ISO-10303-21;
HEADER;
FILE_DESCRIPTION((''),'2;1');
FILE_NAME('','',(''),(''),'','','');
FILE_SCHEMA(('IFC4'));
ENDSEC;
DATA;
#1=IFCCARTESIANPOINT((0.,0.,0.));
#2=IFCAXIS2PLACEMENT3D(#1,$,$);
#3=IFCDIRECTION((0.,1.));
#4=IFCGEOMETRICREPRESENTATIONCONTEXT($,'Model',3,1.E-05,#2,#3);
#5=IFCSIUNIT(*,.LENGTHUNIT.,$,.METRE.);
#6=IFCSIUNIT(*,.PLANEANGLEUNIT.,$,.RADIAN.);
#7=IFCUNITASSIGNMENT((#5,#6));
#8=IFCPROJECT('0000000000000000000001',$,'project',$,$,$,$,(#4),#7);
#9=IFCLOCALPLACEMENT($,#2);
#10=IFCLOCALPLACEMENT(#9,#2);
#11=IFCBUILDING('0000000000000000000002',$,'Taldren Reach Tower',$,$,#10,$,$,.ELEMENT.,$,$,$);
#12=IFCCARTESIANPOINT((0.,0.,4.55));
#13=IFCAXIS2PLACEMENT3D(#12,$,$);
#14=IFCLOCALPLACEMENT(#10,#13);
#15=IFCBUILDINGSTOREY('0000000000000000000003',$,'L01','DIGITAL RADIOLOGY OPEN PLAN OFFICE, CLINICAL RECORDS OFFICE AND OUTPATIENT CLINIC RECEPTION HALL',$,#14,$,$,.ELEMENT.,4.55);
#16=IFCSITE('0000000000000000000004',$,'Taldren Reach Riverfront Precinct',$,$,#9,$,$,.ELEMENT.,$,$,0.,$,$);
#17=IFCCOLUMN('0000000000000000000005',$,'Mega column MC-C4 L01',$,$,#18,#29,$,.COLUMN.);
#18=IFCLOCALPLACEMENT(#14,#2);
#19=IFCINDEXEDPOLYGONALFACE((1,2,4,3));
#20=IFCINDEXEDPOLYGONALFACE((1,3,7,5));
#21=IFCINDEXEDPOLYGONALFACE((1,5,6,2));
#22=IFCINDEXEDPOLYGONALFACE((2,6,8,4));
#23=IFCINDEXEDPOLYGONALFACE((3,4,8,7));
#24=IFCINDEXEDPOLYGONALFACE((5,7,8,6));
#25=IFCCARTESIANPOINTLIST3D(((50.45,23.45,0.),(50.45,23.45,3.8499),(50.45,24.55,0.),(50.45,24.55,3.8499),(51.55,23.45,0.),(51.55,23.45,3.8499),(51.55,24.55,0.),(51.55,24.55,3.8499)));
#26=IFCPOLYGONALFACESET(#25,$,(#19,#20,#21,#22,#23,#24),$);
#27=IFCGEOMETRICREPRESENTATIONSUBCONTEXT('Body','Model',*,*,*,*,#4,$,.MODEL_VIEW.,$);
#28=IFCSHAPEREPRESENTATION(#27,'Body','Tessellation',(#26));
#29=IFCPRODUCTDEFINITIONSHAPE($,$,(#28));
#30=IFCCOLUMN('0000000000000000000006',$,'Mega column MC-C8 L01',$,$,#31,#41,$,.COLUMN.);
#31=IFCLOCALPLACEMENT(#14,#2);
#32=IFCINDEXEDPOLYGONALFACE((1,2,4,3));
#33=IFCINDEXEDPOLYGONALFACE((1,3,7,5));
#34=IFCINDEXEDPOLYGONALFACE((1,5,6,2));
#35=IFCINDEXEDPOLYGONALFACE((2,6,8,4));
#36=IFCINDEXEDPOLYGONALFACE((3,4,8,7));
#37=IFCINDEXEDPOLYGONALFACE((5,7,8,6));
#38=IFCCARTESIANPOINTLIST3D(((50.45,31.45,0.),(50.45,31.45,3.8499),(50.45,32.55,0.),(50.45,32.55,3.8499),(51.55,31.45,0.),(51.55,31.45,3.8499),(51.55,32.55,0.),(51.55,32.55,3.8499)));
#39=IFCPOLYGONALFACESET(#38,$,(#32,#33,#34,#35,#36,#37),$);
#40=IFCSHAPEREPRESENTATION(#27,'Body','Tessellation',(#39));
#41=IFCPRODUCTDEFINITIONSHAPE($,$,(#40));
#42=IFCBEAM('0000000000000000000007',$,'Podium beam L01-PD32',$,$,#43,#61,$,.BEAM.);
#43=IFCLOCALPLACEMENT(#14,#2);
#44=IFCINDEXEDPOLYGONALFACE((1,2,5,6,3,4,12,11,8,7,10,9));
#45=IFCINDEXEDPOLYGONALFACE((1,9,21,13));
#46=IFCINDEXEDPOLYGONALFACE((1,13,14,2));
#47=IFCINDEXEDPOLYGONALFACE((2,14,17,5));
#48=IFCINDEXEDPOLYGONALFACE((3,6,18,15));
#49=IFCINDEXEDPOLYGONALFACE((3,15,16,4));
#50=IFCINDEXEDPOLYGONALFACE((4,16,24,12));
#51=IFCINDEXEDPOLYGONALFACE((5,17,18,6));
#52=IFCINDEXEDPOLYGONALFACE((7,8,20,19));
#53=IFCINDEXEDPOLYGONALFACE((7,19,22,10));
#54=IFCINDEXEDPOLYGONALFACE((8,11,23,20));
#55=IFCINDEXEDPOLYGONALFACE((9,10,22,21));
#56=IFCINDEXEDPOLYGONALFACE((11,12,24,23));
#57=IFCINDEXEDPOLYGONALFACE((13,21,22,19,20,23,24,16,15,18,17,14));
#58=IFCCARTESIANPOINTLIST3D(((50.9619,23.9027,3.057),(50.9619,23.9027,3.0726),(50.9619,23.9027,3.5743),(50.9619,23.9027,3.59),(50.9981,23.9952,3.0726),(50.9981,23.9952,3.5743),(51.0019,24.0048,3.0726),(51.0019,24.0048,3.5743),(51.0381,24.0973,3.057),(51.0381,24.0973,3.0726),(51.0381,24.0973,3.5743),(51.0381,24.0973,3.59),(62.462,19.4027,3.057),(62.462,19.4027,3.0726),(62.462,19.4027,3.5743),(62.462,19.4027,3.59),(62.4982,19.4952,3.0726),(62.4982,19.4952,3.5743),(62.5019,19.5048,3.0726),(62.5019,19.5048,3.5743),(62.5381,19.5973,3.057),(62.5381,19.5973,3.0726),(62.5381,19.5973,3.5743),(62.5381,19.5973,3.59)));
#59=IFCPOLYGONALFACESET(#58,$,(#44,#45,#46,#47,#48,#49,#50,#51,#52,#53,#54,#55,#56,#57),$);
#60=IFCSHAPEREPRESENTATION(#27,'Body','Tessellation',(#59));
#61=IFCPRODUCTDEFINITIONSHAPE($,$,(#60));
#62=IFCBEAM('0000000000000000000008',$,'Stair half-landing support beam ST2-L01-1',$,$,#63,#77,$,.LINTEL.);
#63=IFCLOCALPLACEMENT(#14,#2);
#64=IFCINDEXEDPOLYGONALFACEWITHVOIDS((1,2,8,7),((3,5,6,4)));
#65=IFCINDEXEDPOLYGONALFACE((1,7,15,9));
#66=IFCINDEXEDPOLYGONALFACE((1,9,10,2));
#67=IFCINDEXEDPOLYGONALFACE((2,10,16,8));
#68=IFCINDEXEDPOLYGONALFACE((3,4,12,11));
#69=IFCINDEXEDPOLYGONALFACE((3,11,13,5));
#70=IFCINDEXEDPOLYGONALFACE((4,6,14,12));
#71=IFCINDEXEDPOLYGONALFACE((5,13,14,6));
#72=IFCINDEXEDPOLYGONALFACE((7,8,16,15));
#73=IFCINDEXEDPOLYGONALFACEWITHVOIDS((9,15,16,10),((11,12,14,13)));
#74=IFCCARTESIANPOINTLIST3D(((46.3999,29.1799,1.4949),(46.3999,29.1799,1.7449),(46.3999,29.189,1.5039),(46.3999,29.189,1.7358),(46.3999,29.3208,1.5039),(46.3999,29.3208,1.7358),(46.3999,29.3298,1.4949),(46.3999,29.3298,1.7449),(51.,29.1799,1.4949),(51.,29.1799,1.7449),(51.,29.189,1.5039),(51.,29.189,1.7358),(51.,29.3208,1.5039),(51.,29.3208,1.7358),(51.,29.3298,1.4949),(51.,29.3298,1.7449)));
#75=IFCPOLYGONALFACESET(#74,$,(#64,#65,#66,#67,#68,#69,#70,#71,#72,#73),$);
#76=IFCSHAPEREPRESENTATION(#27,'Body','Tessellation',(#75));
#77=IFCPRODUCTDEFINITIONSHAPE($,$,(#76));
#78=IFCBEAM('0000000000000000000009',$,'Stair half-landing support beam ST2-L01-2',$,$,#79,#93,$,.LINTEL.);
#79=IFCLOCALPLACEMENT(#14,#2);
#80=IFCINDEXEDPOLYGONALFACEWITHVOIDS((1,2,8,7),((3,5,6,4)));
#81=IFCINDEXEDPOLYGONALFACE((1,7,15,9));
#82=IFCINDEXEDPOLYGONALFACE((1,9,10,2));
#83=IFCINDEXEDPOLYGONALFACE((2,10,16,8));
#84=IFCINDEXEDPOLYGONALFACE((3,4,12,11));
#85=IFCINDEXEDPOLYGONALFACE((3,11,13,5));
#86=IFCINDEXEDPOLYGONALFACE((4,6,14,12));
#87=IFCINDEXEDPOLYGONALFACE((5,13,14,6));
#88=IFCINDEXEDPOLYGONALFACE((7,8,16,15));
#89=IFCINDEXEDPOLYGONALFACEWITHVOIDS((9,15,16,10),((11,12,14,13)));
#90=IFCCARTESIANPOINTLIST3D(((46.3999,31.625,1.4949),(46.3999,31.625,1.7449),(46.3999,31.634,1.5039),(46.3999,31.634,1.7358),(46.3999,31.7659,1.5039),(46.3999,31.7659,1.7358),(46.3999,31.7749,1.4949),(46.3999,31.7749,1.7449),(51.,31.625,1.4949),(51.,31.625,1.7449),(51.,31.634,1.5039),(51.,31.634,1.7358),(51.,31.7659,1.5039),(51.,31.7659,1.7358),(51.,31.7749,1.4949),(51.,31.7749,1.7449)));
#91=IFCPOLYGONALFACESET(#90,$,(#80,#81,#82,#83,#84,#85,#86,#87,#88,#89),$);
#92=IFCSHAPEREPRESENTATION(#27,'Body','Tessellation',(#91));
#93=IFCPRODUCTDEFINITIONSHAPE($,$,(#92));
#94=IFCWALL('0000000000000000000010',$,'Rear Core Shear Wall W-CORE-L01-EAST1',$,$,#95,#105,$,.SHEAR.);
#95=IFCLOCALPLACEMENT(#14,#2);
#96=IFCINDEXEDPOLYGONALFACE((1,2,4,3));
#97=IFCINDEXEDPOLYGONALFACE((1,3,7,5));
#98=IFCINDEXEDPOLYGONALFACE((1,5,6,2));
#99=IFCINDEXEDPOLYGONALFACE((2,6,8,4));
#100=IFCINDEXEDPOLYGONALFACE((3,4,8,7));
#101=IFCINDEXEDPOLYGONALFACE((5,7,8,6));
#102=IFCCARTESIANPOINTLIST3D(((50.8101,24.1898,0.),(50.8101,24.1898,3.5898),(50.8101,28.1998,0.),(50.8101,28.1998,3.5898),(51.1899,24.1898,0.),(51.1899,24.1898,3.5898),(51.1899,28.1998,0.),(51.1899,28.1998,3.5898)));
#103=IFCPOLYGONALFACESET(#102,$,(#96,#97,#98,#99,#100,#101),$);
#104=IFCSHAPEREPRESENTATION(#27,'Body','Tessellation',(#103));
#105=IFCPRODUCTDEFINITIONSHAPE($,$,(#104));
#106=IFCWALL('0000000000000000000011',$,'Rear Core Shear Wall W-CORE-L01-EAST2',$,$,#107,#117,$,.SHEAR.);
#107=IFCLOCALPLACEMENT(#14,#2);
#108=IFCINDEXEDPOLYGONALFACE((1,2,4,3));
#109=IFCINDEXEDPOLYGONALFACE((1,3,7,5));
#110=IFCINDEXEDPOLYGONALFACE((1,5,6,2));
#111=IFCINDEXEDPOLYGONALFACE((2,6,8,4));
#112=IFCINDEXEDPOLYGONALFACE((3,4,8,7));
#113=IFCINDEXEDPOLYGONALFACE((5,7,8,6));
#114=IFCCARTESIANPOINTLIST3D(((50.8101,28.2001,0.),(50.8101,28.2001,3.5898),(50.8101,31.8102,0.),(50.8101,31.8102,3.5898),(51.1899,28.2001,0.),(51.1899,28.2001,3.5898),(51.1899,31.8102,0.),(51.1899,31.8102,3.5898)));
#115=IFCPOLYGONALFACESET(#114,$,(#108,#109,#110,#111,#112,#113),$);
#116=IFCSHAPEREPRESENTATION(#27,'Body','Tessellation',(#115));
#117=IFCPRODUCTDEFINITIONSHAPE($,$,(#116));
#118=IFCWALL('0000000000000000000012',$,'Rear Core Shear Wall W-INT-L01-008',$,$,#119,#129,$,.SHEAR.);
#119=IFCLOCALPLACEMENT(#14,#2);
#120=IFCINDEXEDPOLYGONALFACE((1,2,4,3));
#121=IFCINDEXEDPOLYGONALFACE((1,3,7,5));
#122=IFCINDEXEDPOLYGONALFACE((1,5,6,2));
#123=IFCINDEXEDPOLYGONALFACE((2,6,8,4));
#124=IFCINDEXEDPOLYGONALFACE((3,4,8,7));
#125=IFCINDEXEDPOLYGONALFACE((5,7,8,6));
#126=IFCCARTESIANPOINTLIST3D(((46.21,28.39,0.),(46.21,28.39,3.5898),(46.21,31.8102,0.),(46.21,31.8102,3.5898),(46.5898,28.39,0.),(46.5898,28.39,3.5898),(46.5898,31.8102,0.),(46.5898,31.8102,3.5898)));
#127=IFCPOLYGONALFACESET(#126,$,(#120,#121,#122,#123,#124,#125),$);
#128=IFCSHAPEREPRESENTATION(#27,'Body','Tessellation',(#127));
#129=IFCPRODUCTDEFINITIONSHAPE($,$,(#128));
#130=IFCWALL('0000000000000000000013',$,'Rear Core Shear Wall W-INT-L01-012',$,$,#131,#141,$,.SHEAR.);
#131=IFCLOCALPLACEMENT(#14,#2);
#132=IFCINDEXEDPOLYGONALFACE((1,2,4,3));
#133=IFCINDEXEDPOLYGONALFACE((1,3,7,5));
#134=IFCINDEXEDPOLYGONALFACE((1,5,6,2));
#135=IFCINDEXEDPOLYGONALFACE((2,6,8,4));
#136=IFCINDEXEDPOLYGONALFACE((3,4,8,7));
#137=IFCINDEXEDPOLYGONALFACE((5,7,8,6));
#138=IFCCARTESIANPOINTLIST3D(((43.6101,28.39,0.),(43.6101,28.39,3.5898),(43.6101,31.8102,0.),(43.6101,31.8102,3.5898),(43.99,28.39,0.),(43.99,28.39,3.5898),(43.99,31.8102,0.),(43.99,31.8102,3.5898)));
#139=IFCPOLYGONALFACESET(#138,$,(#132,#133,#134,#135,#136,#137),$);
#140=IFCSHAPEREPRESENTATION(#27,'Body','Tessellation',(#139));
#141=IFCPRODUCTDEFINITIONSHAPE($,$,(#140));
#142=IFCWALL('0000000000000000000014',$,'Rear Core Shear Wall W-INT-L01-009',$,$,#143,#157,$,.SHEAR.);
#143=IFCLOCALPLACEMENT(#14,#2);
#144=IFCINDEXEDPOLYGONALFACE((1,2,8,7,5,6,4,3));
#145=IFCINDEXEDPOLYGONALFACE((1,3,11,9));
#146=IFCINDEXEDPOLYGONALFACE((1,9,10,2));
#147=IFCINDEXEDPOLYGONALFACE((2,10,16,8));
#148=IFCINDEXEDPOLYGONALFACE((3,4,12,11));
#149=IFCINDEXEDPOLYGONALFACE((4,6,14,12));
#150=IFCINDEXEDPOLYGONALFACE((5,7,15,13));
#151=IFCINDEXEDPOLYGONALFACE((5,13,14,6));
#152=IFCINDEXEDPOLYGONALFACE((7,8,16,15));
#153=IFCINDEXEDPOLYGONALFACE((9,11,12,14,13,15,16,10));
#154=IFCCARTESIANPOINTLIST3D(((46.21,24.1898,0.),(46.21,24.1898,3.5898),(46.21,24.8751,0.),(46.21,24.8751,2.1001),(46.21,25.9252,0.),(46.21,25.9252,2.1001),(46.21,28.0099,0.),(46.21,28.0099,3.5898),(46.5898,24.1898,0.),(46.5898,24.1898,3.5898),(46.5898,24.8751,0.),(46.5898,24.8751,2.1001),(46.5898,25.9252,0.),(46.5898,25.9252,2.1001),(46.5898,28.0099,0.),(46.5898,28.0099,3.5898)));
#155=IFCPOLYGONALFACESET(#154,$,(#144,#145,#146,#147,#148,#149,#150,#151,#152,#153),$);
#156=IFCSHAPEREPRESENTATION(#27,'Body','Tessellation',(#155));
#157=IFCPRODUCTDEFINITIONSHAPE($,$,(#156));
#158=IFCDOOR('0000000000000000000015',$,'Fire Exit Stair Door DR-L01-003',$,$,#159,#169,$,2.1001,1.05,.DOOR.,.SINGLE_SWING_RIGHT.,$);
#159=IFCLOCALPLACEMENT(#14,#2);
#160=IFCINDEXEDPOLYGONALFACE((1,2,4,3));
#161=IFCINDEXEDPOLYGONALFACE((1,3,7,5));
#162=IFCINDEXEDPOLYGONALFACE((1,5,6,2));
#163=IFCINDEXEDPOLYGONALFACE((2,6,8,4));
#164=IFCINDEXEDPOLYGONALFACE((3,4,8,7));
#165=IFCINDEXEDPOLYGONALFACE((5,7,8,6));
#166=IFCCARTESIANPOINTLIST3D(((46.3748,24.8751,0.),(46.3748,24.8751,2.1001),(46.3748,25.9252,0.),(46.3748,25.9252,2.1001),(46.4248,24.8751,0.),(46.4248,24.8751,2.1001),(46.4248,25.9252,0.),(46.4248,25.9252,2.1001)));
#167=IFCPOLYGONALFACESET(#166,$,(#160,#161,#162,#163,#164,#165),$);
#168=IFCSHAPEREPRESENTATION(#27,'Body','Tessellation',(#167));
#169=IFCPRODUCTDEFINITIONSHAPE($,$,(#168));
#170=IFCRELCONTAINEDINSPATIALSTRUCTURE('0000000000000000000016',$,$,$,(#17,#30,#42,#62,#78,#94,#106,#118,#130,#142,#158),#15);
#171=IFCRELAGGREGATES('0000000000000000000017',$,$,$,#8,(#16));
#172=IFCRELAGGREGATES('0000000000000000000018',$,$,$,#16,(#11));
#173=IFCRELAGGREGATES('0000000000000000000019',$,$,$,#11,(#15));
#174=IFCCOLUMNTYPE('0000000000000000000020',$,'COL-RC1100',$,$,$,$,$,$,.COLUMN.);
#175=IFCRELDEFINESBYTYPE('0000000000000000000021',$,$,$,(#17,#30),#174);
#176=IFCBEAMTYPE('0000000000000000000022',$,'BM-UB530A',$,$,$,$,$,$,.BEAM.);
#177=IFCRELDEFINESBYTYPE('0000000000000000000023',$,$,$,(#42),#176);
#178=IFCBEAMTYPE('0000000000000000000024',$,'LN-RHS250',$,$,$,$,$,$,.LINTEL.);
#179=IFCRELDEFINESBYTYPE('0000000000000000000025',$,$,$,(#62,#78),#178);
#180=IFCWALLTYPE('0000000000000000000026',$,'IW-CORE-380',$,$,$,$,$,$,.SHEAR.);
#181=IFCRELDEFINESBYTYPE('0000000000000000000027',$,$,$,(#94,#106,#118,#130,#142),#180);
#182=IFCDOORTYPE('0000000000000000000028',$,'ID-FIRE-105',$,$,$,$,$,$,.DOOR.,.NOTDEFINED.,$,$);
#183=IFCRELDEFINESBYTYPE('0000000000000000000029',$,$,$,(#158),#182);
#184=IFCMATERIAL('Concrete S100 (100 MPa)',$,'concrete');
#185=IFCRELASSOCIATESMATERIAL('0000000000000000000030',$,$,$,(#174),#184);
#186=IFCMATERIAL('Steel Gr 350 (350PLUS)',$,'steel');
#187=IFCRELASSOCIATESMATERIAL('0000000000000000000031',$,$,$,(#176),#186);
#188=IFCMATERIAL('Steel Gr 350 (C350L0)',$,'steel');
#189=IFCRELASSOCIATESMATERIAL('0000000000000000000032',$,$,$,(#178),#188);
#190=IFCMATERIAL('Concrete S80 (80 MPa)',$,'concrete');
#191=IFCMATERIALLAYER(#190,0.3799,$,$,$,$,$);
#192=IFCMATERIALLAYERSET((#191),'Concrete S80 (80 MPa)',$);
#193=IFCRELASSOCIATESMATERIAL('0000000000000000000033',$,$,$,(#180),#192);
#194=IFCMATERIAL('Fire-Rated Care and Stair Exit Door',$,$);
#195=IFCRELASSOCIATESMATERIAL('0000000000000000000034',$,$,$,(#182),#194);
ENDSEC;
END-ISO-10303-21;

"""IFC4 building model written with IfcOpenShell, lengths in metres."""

from ifc_helpers import new_model, si_unit, direction, frame, frame_2d, origin, origin_2d, place, context, subcontext, project, spatial, rectangle, hollow_rectangle, i_section, extrude, source, transform, mapped, material, layer, layer_set, material_profile, profile_set, type_object, element, fill, save


model = new_model("IFC4")

# Units and contexts
model_context = context("Model", 3, precision=1e-05, world=origin(), true_north=direction((0.0, 1.0)))
body_context = subcontext(model_context, "Body", "Model", "MODEL_VIEW")
ifc_project = project(units=[si_unit("LENGTHUNIT", "METRE"), si_unit("PLANEANGLEUNIT", "RADIAN")], contexts=[model_context])

# Site, building, storey
site_placement = place(None, origin())
site = spatial("IfcSite", under=ifc_project, at=site_placement, Name="Taldren Reach Riverfront Precinct", CompositionType="ELEMENT", RefElevation=0.0)
building_placement = place(site_placement, origin())
building = spatial("IfcBuilding", under=site, at=building_placement, Name="Taldren Reach Tower", CompositionType="ELEMENT")
storey_placement = place(building_placement, frame((0.0, 0.0, 4.55)))
storey = spatial("IfcBuildingStorey", under=building, at=storey_placement, Name="L01", Description="DIGITAL RADIOLOGY OPEN PLAN OFFICE, CLINICAL RECORDS OFFICE AND OUTPATIENT CLINIC RECEPTION HALL", CompositionType="ELEMENT", Elevation=4.55)

# Columns
ifc_material_1 = material(Name="Concrete S100 (100 MPa)", Category="concrete")
ifc_material_profile_1 = material_profile(ifc_material_1, rectangle(XDim=1.1001, YDim=1.1001, at=origin_2d()), Name="RC-1100x1100")
ifc_profile_set_1 = profile_set([ifc_material_profile_1], Name="Concrete S100 (100 MPa)")
column_type = type_object("IfcColumnType", Name="COL-RC1100", PredefinedType="COLUMN", material=ifc_profile_set_1)
shared_shape_1 = source(origin(), body_context, "Body", "SweptSolid", [
    extrude(rectangle(XDim=1.1001, YDim=1.1001, at=origin_2d()), origin(), (0.0, 0.0, 1.0), 3.8499),
])
for number, where, z_axis, x_axis, name in (
    (1, (51.0, 24.0, 0.0), (0.0, 0.0, 1.0), (1.0, 0.0, 0.0), "Mega column MC-C4 L01"),
    (2, (51.0, 32.0, 0.0), (0.0, 0.0, 1.0), (1.0, 0.0, 0.0), "Mega column MC-C8 L01"),
):
    element("IfcColumn", number, at=place(storey_placement, frame(where, z_axis=z_axis, x_axis=x_axis)), inside=storey, type_object=column_type, Name=name, PredefinedType="COLUMN", context=body_context, shape_type="MappedRepresentation", body=[
        mapped(shared_shape_1, transform((0.0, 0.0, 0.0), scale=1.0)),
    ])

# Beams
ifc_material_2 = material(Name="Steel Gr 350 (350PLUS)", Category="steel")
ifc_material_profile_2 = material_profile(ifc_material_2, i_section(OverallWidth=0.209, OverallDepth=0.533, WebThickness=0.0103, FlangeThickness=0.0156, at=origin_2d()), Name="530UB92.4")
ifc_profile_set_2 = profile_set([ifc_material_profile_2], Name="Steel Gr 350 (350PLUS)")
beam_type_1 = type_object("IfcBeamType", Name="BM-UB530A", PredefinedType="BEAM", material=ifc_profile_set_2)
shared_shape_2 = source(origin(), body_context, "Body", "SweptSolid", [
    extrude(i_section(OverallWidth=0.209, OverallDepth=0.533, WebThickness=0.0103, FlangeThickness=0.0156, at=origin_2d()), origin(), (0.0, 0.0, 1.0), 12.3491),
])
beam_placement = place(storey_placement, frame((51.0, 24.0, 3.3235), z_axis=(0.931243, -0.364399, 0.0), x_axis=(0.364399, 0.931243, 0.0)))
element("IfcBeam", 3, at=beam_placement, inside=storey, type_object=beam_type_1, Name="Podium beam L01-PD32", PredefinedType="BEAM", context=body_context, shape_type="MappedRepresentation", body=[
    mapped(shared_shape_2, transform((0.0, 0.0, 0.0), scale=1.0)),
])
ifc_material_3 = material(Name="Steel Gr 350 (C350L0)", Category="steel")
ifc_material_profile_3 = material_profile(ifc_material_3, hollow_rectangle(XDim=0.1499, YDim=0.25, WallThickness=0.009, at=origin_2d()), Name="250x150x9.0RHS")
ifc_profile_set_3 = profile_set([ifc_material_profile_3], Name="Steel Gr 350 (C350L0)")
beam_type_2 = type_object("IfcBeamType", Name="LN-RHS250", PredefinedType="LINTEL", material=ifc_profile_set_3)
shared_shape_3 = source(origin(), body_context, "Body", "SweptSolid", [
    extrude(hollow_rectangle(XDim=0.1499, YDim=0.25, WallThickness=0.009, at=origin_2d()), origin(), (0.0, 0.0, 1.0), 4.6001),
])
for number, where, z_axis, x_axis, name in (
    (4, (46.3999, 29.2549, 1.6199), (1.0, 0.0, 0.0), (0.0, 1.0, 0.0), "Stair half-landing support beam ST2-L01-1"),
    (5, (46.3999, 31.7, 1.6199), (1.0, 0.0, 0.0), (0.0, 1.0, 0.0), "Stair half-landing support beam ST2-L01-2"),
):
    element("IfcBeam", number, at=place(storey_placement, frame(where, z_axis=z_axis, x_axis=x_axis)), inside=storey, type_object=beam_type_2, Name=name, PredefinedType="LINTEL", context=body_context, shape_type="MappedRepresentation", body=[
        mapped(shared_shape_3, transform((0.0, 0.0, 0.0), scale=1.0)),
    ])

# Walls
ifc_material_4 = material(Name="Concrete S80 (80 MPa)", Category="concrete")
ifc_layer_1 = layer(ifc_material_4, 0.3799)
ifc_layer_set_1 = layer_set([ifc_layer_1], Name="Concrete S80 (80 MPa)")
wall_type = type_object("IfcWallType", Name="IW-CORE-380", PredefinedType="SHEAR", material=ifc_layer_set_1)
shared_shape_4 = source(origin(), body_context, "Body", "SweptSolid", [
    extrude(rectangle(XDim=4.01, YDim=0.3799, at=frame_2d((2.0049, 0.0))), origin(), (0.0, 0.0, 1.0), 3.5898),
])
wall_1_placement = place(storey_placement, frame((51.0, 24.1899, 0.0), z_axis=(0.0, 0.0, 1.0), x_axis=(0.0, 1.0, 0.0)))
element("IfcWall", 6, at=wall_1_placement, inside=storey, type_object=wall_type, Name="Rear Core Shear Wall W-CORE-L01-EAST1", PredefinedType="SHEAR", context=body_context, shape_type="MappedRepresentation", body=[
    mapped(shared_shape_4, transform((0.0, 0.0, 0.0), scale=1.0)),
])
shared_shape_5 = source(origin(), body_context, "Body", "SweptSolid", [
    extrude(rectangle(XDim=3.6101, YDim=0.3799, at=frame_2d((1.8052, 0.0))), origin(), (0.0, 0.0, 1.0), 3.5898),
])
wall_2_placement = place(storey_placement, frame((51.0, 28.2, 0.0), z_axis=(0.0, 0.0, 1.0), x_axis=(0.0, 1.0, 0.0)))
element("IfcWall", 7, at=wall_2_placement, inside=storey, type_object=wall_type, Name="Rear Core Shear Wall W-CORE-L01-EAST2", PredefinedType="SHEAR", context=body_context, shape_type="MappedRepresentation", body=[
    mapped(shared_shape_5, transform((0.0, 0.0, 0.0), scale=1.0)),
])
shared_shape_6 = source(origin(), body_context, "Body", "SweptSolid", [
    extrude(rectangle(XDim=3.4202, YDim=0.3799, at=frame_2d((1.71, 0.0))), origin(), (0.0, 0.0, 1.0), 3.5898),
])
for number, where, z_axis, x_axis, name in (
    (8, (46.3999, 31.8101, 0.0), (0.0, 0.0, 1.0), (0.0, -1.0, 0.0), "Rear Core Shear Wall W-INT-L01-008"),
    (9, (43.8, 31.8101, 0.0), (0.0, 0.0, 1.0), (0.0, -1.0, 0.0), "Rear Core Shear Wall W-INT-L01-012"),
):
    element("IfcWall", number, at=place(storey_placement, frame(where, z_axis=z_axis, x_axis=x_axis)), inside=storey, type_object=wall_type, Name=name, PredefinedType="SHEAR", context=body_context, shape_type="MappedRepresentation", body=[
        mapped(shared_shape_6, transform((0.0, 0.0, 0.0), scale=1.0)),
    ])

# Wall, opening, door
shared_shape_7 = source(origin(), body_context, "Body", "SweptSolid", [
    extrude(rectangle(XDim=3.8201, YDim=0.3799, at=frame_2d((1.9102, 0.0))), origin(), (0.0, 0.0, 1.0), 3.5898),
])
wall_3_placement = place(storey_placement, frame((46.3999, 28.01, 0.0), z_axis=(0.0, 0.0, 1.0), x_axis=(0.0, -1.0, 0.0)))
wall_3 = element("IfcWall", 10, at=wall_3_placement, inside=storey, type_object=wall_type, Name="Rear Core Shear Wall W-INT-L01-009", PredefinedType="SHEAR", context=body_context, shape_type="MappedRepresentation", body=[
    mapped(shared_shape_7, transform((0.0, 0.0, 0.0), scale=1.0)),
])
shared_shape_8 = source(origin(), body_context, "Body", "SweptSolid", [
    extrude(rectangle(XDim=1.05, YDim=2.1001, at=frame_2d((0.5249, 1.05))), frame((0.0, 0.2, 0.0), z_axis=(0.0, -1.0, 0.0), x_axis=(1.0, 0.0, 0.0)), (0.0, 0.0, 1.0), 0.3999),
])
opening_placement = place(wall_3_placement, frame((2.085, 0.0, 0.0)))
opening = element("IfcOpeningElement", 11, at=opening_placement, cuts=wall_3, PredefinedType="OPENING", context=body_context, shape_type="MappedRepresentation", body=[
    mapped(shared_shape_8, transform((0.0, 0.0, 0.0), scale=1.0)),
])
ifc_material_5 = material(Name="Fire-Rated Care and Stair Exit Door")
door_type = type_object("IfcDoorType", Name="ID-FIRE-105", OperationType="NOTDEFINED", PredefinedType="DOOR", material=ifc_material_5)
shared_shape_9 = source(origin(), body_context, "Body", "SweptSolid", [
    extrude(rectangle(XDim=1.05, YDim=2.1001, at=frame_2d((0.5249, 1.05))), frame((0.0, 0.0249, 0.0), z_axis=(0.0, -1.0, 0.0), x_axis=(1.0, 0.0, 0.0)), (0.0, 0.0, 1.0), 0.05),
])
door_placement = place(opening_placement, origin())
door = element("IfcDoor", 12, at=door_placement, inside=storey, type_object=door_type, Name="Fire Exit Stair Door DR-L01-003", OperationType="SINGLE_SWING_RIGHT", OverallHeight=2.1001, OverallWidth=1.05, PredefinedType="DOOR", context=body_context, shape_type="MappedRepresentation", body=[
    mapped(shared_shape_9, transform((0.0, 0.0, 0.0), scale=1.0)),
])
fill(opening, door)

save(model, "model.ifc")
